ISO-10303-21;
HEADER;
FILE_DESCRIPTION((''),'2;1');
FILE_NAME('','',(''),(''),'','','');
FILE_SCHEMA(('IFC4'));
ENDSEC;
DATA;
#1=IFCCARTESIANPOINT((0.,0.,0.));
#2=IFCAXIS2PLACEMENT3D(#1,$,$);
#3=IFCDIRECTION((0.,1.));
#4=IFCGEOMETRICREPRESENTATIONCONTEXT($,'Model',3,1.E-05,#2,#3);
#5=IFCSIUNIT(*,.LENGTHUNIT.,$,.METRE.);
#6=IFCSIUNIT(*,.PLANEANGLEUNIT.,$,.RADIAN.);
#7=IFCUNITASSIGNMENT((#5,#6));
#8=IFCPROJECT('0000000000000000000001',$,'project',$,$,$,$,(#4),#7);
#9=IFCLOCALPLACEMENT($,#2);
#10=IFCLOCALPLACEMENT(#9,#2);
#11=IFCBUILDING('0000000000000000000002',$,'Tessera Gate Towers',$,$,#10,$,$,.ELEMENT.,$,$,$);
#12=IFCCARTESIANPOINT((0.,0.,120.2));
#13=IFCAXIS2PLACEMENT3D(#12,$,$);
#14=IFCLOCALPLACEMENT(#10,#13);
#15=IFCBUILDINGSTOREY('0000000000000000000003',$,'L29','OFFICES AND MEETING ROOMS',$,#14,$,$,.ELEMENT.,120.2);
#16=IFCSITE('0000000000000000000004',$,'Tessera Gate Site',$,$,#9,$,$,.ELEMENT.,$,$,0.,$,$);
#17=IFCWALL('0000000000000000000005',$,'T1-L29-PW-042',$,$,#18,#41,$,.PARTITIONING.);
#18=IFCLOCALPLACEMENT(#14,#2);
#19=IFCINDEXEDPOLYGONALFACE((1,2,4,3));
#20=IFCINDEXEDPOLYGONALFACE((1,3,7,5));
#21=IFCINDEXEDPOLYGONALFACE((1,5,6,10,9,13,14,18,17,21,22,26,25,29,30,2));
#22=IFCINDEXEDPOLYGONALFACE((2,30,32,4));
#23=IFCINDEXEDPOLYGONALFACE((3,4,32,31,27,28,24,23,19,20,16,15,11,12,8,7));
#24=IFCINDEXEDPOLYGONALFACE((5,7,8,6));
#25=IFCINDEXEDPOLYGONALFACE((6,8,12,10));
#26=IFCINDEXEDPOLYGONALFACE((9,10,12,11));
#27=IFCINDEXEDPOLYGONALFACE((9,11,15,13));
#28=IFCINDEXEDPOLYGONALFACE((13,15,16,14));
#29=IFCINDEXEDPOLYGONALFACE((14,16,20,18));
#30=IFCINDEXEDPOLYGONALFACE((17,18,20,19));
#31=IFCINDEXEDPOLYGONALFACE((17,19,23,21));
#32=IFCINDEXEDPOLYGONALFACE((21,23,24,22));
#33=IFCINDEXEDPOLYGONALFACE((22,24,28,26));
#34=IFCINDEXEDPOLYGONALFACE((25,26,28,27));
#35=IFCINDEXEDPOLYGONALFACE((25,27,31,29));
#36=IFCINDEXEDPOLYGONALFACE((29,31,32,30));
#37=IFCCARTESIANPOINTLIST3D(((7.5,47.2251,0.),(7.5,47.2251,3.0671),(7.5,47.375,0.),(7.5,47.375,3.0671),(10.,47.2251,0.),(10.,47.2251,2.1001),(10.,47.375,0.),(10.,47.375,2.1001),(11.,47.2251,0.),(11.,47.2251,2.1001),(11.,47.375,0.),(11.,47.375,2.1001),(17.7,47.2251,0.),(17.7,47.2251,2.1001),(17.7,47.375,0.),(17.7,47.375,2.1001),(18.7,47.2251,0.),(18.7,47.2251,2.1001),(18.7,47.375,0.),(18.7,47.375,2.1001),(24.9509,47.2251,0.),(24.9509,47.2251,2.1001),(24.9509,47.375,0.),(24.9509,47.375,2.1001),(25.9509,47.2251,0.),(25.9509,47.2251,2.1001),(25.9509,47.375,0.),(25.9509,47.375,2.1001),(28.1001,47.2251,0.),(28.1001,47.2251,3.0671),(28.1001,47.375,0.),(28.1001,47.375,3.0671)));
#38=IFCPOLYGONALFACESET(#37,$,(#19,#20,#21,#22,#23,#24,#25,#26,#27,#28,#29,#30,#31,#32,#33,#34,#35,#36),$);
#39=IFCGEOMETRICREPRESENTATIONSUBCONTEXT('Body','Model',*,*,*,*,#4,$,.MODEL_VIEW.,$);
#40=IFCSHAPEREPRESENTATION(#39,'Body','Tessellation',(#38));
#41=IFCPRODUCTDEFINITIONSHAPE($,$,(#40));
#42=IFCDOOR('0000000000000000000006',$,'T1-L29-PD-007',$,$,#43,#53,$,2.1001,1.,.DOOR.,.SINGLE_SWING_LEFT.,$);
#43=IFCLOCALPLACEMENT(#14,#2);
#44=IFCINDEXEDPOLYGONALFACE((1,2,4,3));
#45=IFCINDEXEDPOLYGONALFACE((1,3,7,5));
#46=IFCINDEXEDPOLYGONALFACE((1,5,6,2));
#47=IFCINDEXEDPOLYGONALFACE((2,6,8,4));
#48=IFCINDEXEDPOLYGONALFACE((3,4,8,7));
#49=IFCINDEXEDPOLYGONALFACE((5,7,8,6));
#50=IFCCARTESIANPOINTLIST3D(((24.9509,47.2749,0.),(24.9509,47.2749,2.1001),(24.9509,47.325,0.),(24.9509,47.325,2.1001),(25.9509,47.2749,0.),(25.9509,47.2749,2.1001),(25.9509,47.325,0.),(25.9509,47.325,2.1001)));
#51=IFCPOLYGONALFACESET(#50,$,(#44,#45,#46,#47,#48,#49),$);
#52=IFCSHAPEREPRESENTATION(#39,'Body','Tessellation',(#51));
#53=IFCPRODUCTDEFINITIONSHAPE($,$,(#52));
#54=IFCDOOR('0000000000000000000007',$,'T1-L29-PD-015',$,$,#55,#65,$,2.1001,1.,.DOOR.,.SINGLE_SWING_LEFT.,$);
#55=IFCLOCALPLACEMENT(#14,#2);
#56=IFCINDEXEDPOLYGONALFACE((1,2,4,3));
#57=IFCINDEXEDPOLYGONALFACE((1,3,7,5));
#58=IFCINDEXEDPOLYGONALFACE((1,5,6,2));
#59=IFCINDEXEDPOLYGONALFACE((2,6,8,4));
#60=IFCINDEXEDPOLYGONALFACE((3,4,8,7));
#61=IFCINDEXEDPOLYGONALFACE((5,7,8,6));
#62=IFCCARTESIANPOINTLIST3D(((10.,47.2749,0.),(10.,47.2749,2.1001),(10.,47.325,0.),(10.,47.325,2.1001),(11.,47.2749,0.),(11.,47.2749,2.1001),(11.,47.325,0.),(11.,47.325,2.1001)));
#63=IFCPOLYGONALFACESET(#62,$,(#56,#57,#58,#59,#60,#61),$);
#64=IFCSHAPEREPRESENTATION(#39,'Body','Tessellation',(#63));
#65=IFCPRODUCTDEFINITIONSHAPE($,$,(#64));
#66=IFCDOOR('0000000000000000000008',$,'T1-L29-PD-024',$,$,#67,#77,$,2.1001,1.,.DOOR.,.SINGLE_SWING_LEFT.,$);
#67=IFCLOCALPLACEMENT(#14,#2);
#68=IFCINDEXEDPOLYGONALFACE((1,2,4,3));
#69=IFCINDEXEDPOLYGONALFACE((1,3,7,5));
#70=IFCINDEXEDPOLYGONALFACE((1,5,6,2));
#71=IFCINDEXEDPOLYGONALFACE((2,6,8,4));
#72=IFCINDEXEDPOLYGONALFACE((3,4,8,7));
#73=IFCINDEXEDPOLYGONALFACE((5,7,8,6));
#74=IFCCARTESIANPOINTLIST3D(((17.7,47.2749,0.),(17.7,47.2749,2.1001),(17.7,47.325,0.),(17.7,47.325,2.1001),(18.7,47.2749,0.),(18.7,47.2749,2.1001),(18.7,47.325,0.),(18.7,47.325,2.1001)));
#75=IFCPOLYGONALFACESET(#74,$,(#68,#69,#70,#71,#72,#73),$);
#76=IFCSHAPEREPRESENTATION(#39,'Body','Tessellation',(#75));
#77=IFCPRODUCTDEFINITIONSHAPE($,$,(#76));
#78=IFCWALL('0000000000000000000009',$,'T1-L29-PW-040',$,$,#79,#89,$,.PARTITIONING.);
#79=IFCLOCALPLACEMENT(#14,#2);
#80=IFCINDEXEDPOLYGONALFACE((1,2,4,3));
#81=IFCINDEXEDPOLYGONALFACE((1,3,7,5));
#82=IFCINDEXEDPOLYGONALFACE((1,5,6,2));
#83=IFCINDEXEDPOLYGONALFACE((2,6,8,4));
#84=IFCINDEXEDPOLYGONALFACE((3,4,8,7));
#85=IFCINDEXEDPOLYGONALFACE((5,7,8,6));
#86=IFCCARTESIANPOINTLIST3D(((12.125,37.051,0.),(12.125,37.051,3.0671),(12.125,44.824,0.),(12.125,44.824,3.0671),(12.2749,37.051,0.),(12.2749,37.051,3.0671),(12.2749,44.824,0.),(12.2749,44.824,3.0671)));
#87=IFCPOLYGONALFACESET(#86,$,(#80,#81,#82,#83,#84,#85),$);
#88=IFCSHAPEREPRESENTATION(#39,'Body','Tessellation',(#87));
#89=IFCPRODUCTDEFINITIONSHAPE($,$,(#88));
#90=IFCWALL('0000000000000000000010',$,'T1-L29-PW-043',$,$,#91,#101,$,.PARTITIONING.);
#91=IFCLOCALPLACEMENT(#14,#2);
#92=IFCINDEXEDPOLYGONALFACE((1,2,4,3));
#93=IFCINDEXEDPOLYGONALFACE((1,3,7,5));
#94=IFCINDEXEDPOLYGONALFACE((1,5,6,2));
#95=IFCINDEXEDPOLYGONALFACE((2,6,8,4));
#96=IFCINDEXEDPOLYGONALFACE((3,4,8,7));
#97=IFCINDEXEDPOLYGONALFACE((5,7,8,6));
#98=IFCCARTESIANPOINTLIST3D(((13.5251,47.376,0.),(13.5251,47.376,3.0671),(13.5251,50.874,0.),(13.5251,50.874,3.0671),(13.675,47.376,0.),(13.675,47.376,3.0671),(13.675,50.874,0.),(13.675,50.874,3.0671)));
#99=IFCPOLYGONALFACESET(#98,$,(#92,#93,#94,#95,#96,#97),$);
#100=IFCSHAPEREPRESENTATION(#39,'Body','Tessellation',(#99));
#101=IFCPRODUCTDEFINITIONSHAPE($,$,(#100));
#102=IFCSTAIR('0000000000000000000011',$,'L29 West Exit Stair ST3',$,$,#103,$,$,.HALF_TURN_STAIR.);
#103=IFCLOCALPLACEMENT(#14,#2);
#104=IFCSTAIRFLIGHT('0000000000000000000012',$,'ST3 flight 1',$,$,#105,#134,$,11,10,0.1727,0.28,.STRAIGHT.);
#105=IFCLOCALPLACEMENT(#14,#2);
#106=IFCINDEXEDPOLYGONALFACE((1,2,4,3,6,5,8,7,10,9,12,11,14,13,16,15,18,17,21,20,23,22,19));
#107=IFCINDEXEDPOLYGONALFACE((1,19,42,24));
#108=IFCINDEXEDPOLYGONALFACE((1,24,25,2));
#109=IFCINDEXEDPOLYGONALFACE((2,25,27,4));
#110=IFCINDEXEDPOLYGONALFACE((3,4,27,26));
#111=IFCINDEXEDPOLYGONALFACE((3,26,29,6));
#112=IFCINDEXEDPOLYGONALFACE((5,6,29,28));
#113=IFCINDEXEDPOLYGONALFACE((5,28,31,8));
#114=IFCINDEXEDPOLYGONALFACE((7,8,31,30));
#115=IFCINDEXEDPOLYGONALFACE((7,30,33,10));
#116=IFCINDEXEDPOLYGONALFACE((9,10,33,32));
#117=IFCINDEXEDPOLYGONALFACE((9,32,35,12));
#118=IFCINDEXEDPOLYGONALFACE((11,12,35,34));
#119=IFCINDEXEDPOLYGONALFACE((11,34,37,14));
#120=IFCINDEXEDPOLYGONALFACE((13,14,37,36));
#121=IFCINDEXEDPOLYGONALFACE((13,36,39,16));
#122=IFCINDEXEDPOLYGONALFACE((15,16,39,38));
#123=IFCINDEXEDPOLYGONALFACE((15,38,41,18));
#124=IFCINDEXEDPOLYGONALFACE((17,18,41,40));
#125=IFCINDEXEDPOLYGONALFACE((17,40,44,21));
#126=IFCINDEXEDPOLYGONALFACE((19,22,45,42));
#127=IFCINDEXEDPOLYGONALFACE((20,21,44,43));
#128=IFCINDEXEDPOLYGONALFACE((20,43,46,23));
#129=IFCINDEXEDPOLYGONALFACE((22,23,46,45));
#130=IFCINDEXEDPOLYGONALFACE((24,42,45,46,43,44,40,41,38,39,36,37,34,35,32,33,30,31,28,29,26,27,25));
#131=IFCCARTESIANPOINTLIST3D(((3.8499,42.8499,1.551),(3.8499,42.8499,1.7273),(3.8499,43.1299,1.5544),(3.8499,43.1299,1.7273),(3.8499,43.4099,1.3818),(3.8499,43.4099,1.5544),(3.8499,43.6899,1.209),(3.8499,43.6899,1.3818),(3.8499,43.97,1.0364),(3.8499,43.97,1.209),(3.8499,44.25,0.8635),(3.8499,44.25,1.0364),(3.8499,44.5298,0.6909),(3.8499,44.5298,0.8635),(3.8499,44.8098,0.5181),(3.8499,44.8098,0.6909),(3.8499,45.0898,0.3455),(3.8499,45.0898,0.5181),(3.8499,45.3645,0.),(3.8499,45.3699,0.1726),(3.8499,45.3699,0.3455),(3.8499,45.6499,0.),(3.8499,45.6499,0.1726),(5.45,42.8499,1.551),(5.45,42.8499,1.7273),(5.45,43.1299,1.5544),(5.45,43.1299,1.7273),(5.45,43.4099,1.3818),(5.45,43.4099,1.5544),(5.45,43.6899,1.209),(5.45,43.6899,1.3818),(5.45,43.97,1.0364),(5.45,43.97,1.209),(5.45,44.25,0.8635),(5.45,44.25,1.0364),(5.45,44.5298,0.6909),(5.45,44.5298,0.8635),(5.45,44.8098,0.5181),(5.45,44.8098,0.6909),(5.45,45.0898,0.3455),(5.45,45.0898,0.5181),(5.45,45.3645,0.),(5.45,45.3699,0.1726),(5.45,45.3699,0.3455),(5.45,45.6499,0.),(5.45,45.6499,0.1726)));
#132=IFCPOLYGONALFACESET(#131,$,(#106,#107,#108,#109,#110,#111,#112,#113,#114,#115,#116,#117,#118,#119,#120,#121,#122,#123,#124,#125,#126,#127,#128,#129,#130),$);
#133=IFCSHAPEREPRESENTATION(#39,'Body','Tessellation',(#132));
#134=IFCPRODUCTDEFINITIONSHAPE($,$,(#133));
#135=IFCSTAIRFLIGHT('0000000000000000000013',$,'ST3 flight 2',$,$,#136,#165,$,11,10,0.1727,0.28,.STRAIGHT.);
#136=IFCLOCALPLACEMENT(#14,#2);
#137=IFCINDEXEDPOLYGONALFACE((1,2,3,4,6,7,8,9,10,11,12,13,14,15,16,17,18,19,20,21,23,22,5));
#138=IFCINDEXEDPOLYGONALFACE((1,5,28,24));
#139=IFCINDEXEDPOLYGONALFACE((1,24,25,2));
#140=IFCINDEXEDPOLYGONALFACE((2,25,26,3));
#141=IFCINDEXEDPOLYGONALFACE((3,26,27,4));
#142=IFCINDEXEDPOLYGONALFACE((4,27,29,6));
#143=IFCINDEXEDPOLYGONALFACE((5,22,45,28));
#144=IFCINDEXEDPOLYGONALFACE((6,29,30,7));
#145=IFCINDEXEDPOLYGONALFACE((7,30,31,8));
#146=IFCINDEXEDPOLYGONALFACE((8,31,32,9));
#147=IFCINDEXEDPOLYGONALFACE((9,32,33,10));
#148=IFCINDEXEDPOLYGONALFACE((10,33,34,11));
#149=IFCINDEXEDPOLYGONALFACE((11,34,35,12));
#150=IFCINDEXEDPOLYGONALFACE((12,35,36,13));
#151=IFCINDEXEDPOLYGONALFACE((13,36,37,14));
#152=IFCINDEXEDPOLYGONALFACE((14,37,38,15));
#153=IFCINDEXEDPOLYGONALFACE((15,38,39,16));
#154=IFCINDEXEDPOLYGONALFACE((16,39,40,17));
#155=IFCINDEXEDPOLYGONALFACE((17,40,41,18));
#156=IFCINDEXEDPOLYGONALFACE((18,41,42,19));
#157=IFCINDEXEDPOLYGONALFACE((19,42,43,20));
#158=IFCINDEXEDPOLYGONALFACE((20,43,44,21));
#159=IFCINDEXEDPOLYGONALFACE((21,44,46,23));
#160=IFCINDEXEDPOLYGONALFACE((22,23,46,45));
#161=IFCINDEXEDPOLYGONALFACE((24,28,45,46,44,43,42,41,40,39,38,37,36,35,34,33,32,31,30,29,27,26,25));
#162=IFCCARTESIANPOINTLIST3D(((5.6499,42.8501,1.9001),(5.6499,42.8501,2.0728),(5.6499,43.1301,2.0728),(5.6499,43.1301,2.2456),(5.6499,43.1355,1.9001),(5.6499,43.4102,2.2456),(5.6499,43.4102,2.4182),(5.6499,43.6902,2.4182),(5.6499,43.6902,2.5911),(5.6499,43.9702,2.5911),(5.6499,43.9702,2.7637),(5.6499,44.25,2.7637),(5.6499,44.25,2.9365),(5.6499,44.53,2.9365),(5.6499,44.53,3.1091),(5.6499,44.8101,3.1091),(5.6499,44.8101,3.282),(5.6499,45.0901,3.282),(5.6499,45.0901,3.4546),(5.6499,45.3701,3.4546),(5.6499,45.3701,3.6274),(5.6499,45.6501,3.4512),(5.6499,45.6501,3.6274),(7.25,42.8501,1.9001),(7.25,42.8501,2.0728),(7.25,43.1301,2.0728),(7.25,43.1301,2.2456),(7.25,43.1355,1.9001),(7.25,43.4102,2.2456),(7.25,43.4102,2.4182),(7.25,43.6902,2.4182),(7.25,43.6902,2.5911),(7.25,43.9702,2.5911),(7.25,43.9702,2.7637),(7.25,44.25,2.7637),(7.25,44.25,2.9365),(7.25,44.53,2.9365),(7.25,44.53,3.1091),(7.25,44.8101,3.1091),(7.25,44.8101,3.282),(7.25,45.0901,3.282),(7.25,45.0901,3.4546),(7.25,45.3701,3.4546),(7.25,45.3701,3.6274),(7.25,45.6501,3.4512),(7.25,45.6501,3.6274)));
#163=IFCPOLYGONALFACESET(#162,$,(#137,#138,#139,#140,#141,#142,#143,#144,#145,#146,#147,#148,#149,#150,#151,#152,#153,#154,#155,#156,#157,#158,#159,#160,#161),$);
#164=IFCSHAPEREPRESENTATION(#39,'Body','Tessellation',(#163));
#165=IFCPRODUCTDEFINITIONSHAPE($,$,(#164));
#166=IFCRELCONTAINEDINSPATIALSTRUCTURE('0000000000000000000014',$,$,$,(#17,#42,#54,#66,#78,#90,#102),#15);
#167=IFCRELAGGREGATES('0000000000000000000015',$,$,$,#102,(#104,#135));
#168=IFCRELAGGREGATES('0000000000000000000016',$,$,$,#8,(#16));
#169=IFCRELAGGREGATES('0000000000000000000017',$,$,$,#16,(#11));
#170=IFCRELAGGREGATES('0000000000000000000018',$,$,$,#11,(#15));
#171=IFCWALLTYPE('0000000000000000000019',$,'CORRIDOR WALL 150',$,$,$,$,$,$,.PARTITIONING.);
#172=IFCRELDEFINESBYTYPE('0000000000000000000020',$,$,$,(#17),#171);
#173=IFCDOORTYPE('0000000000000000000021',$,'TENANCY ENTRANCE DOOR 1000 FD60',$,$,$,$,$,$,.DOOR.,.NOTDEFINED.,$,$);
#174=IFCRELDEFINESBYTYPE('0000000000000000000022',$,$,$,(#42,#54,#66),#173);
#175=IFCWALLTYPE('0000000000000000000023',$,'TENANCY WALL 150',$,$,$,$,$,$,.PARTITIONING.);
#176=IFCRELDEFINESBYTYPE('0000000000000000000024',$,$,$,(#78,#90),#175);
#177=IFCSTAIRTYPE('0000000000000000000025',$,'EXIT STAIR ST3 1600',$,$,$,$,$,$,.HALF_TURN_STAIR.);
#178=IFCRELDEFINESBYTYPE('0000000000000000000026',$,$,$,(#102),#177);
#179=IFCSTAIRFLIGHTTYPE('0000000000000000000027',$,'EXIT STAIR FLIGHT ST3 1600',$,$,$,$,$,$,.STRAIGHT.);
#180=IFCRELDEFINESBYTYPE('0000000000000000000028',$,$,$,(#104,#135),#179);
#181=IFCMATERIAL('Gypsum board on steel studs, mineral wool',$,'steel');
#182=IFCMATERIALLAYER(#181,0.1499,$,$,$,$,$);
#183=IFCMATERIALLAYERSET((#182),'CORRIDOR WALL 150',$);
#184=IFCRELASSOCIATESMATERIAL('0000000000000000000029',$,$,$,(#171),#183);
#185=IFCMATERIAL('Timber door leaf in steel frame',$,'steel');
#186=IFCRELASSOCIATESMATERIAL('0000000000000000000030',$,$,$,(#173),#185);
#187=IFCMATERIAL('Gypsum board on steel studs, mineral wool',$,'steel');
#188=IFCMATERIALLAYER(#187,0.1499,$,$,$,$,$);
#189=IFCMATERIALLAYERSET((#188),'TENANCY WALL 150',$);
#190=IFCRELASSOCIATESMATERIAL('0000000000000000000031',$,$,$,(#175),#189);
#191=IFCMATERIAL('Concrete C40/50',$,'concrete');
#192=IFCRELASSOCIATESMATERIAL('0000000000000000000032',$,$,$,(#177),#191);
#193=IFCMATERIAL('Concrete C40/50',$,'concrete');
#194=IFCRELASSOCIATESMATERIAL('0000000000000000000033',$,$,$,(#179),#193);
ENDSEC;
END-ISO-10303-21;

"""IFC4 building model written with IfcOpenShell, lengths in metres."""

from ifc_helpers import new_model, si_unit, direction, frame, frame_2d, origin, place, context, subcontext, project, spatial, polyline, rectangle, outline, extrude, source, transform, mapped, material, layer, layer_set, type_object, element, fill, aggregate, save


model = new_model("IFC4")

# Units and contexts
model_context = context("Model", 3, precision=1e-05, world=origin(), true_north=direction((0.0, 1.0)))
body_context = subcontext(model_context, "Body", "Model", "MODEL_VIEW")
ifc_project = project(units=[si_unit("LENGTHUNIT", "METRE"), si_unit("PLANEANGLEUNIT", "RADIAN")], contexts=[model_context])

# Site, building, storey
site_placement = place(None, origin())
site = spatial("IfcSite", under=ifc_project, at=site_placement, Name="Tessera Gate Site", CompositionType="ELEMENT", RefElevation=0.0)
building_placement = place(site_placement, origin())
building = spatial("IfcBuilding", under=site, at=building_placement, Name="Tessera Gate Towers", CompositionType="ELEMENT")
storey_placement = place(building_placement, frame((0.0, 0.0, 120.2)))
storey = spatial("IfcBuildingStorey", under=building, at=storey_placement, Name="L29", Description="OFFICES AND MEETING ROOMS", CompositionType="ELEMENT", Elevation=120.2)

# Wall, openings, doors
ifc_material_1 = material(Name="Gypsum board on steel studs, mineral wool", Category="steel")
ifc_layer_1 = layer(ifc_material_1, 0.1499)
ifc_layer_set_1 = layer_set([ifc_layer_1], Name="CORRIDOR WALL 150")
wall_type_1 = type_object("IfcWallType", Name="CORRIDOR WALL 150", PredefinedType="PARTITIONING", material=ifc_layer_set_1)
wall_1_placement = place(storey_placement, frame((7.5, 47.3, 0.0), z_axis=(0.0, 0.0, 1.0), x_axis=(1.0, 0.0, 0.0)))
wall_1 = element("IfcWall", 1, at=wall_1_placement, inside=storey, type_object=wall_type_1, Name="T1-L29-PW-042", PredefinedType="PARTITIONING", context=body_context, shape_type="SweptSolid", body=[
    extrude(rectangle(XDim=20.6001, YDim=0.1499, at=frame_2d((10.3, 0.0))), origin(), (0.0, 0.0, 1.0), 3.0671),
])
shared_shape_1 = source(origin(), body_context, "Body", "SweptSolid", [
    extrude(rectangle(XDim=1.0, YDim=2.1001, at=frame_2d((0.5, 1.05))), frame((0.0, 0.085, 0.0), z_axis=(0.0, -1.0, 0.0), x_axis=(1.0, 0.0, 0.0)), (0.0, 0.0, 1.0), 0.1699),
])
opening_1_placement = place(wall_1_placement, frame((17.4509, 0.0, 0.0)))
opening_1 = element("IfcOpeningElement", 2, at=opening_1_placement, cuts=wall_1, PredefinedType="OPENING", context=body_context, shape_type="MappedRepresentation", body=[
    mapped(shared_shape_1, transform((0.0, 0.0, 0.0), scale=1.0)),
])
opening_2_placement = place(wall_1_placement, frame((2.5, 0.0, 0.0)))
opening_2 = element("IfcOpeningElement", 3, at=opening_2_placement, cuts=wall_1, PredefinedType="OPENING", context=body_context, shape_type="MappedRepresentation", body=[
    mapped(shared_shape_1, transform((0.0, 0.0, 0.0), scale=1.0)),
])
opening_3_placement = place(wall_1_placement, frame((10.2, 0.0, 0.0)))
opening_3 = element("IfcOpeningElement", 4, at=opening_3_placement, cuts=wall_1, PredefinedType="OPENING", context=body_context, shape_type="MappedRepresentation", body=[
    mapped(shared_shape_1, transform((0.0, 0.0, 0.0), scale=1.0)),
])
ifc_material_2 = material(Name="Timber door leaf in steel frame", Category="steel")
door_type_1 = type_object("IfcDoorType", Name="TENANCY ENTRANCE DOOR 1000 FD60", OperationType="NOTDEFINED", PredefinedType="DOOR", material=ifc_material_2)
shared_shape_2 = source(origin(), body_context, "Body", "SweptSolid", [
    extrude(rectangle(XDim=1.0, YDim=2.1001, at=frame_2d((0.5, 1.05))), frame((0.0, 0.0249, 0.0), z_axis=(0.0, -1.0, 0.0), x_axis=(1.0, 0.0, 0.0)), (0.0, 0.0, 1.0), 0.05),
])
door_1_placement = place(opening_1_placement, origin())
door_1 = element("IfcDoor", 5, at=door_1_placement, inside=storey, type_object=door_type_1, Name="T1-L29-PD-007", OperationType="SINGLE_SWING_LEFT", OverallHeight=2.1001, OverallWidth=1.0, PredefinedType="DOOR", context=body_context, shape_type="MappedRepresentation", body=[
    mapped(shared_shape_2, transform((0.0, 0.0, 0.0), scale=1.0)),
])
fill(opening_1, door_1)
door_2_placement = place(opening_2_placement, origin())
door_2 = element("IfcDoor", 6, at=door_2_placement, inside=storey, type_object=door_type_1, Name="T1-L29-PD-015", OperationType="SINGLE_SWING_LEFT", OverallHeight=2.1001, OverallWidth=1.0, PredefinedType="DOOR", context=body_context, shape_type="MappedRepresentation", body=[
    mapped(shared_shape_2, transform((0.0, 0.0, 0.0), scale=1.0)),
])
fill(opening_2, door_2)
door_3_placement = place(opening_3_placement, origin())
door_3 = element("IfcDoor", 7, at=door_3_placement, inside=storey, type_object=door_type_1, Name="T1-L29-PD-024", OperationType="SINGLE_SWING_LEFT", OverallHeight=2.1001, OverallWidth=1.0, PredefinedType="DOOR", context=body_context, shape_type="MappedRepresentation", body=[
    mapped(shared_shape_2, transform((0.0, 0.0, 0.0), scale=1.0)),
])
fill(opening_3, door_3)

# Walls
ifc_material_3 = material(Name="Gypsum board on steel studs, mineral wool", Category="steel")
ifc_layer_2 = layer(ifc_material_3, 0.1499)
ifc_layer_set_2 = layer_set([ifc_layer_2], Name="TENANCY WALL 150")
wall_type_2 = type_object("IfcWallType", Name="TENANCY WALL 150", PredefinedType="PARTITIONING", material=ifc_layer_set_2)
wall_2_placement = place(storey_placement, frame((12.2, 37.051, 0.0), z_axis=(0.0, 0.0, 1.0), x_axis=(0.0, 1.0, 0.0)))
element("IfcWall", 8, at=wall_2_placement, inside=storey, type_object=wall_type_2, Name="T1-L29-PW-040", PredefinedType="PARTITIONING", context=body_context, shape_type="SweptSolid", body=[
    extrude(rectangle(XDim=7.7729, YDim=0.1499, at=frame_2d((3.8865, 0.0))), origin(), (0.0, 0.0, 1.0), 3.0671),
])
wall_3_placement = place(storey_placement, frame((13.6001, 47.376, 0.0), z_axis=(0.0, 0.0, 1.0), x_axis=(0.0, 1.0, 0.0)))
element("IfcWall", 9, at=wall_3_placement, inside=storey, type_object=wall_type_2, Name="T1-L29-PW-043", PredefinedType="PARTITIONING", context=body_context, shape_type="SweptSolid", body=[
    extrude(rectangle(XDim=3.498, YDim=0.1499, at=frame_2d((1.749, 0.0))), origin(), (0.0, 0.0, 1.0), 3.0671),
])

# Stair, stair flights
ifc_material_4 = material(Name="Concrete C40/50", Category="concrete")
stair_type = type_object("IfcStairType", Name="EXIT STAIR ST3 1600", PredefinedType="HALF_TURN_STAIR", material=ifc_material_4)
stair_placement = place(storey_placement, origin())
stair = element("IfcStair", 10, at=stair_placement, inside=storey, type_object=stair_type, Name="L29 West Exit Stair ST3", PredefinedType="HALF_TURN_STAIR")
ifc_material_5 = material(Name="Concrete C40/50", Category="concrete")
stair_flight_type = type_object("IfcStairFlightType", Name="EXIT STAIR FLIGHT ST3 1600", PredefinedType="STRAIGHT", material=ifc_material_5)
stair_flight_1_placement = place(storey_placement, frame((4.6499, 45.6499, 0.0), z_axis=(0.0, 0.0, 1.0), x_axis=(0.0, -1.0, 0.0)))
stair_flight_1 = element("IfcStairFlight", 11, at=stair_flight_1_placement, type_object=stair_flight_type, Name="ST3 flight 1", NumberOfRisers=11, NumberOfTreads=10, PredefinedType="STRAIGHT", RiserHeight=0.1727, TreadLength=0.28, context=body_context, shape_type="SweptSolid", body=[
    extrude(outline(polyline([(0.0, 0.0), (0.0, 0.1726), (0.28, 0.1726), (0.28, 0.3455), (0.5601, 0.3455), (0.5601, 0.5181), (0.8401, 0.5181), (0.8401, 0.6909), (1.1201, 0.6909), (1.1201, 0.8635), (1.3999, 0.8635), (1.3999, 1.0364), (1.6799, 1.0364), (1.6799, 1.209), (1.96, 1.209), (1.96, 1.3818), (2.24, 1.3818), (2.24, 1.5544), (2.52, 1.5544), (2.52, 1.7273), (2.8, 1.7273), (2.8, 1.8999), (2.8, 1.551), (0.2854, 0.0), (0.0, 0.0)])), frame((0.0, 0.8, 0.0), z_axis=(0.0, -1.0, 0.0), x_axis=(1.0, 0.0, 0.0)), (0.0, 0.0, 1.0), 1.6001),
])
stair_flight_2_placement = place(storey_placement, frame((6.45, 42.8501, 1.9001), z_axis=(0.0, 0.0, 1.0), x_axis=(0.0, 1.0, 0.0)))
stair_flight_2 = element("IfcStairFlight", 12, at=stair_flight_2_placement, type_object=stair_flight_type, Name="ST3 flight 2", NumberOfRisers=11, NumberOfTreads=10, PredefinedType="STRAIGHT", RiserHeight=0.1727, TreadLength=0.28, context=body_context, shape_type="SweptSolid", body=[
    extrude(outline(polyline([(0.0, 0.0), (0.0, 0.1726), (0.28, 0.1726), (0.28, 0.3455), (0.5601, 0.3455), (0.5601, 0.5181), (0.8401, 0.5181), (0.8401, 0.6909), (1.1201, 0.6909), (1.1201, 0.8635), (1.3999, 0.8635), (1.3999, 1.0364), (1.6799, 1.0364), (1.6799, 1.209), (1.96, 1.209), (1.96, 1.3818), (2.24, 1.3818), (2.24, 1.5544), (2.52, 1.5544), (2.52, 1.7273), (2.8, 1.7273), (2.8, 1.8999), (2.8, 1.551), (0.2854, 0.0), (0.0, 0.0)])), frame((0.0, 0.8, 0.0), z_axis=(0.0, -1.0, 0.0), x_axis=(1.0, 0.0, 0.0)), (0.0, 0.0, 1.0), 1.6001),
])
aggregate(stair, [stair_flight_1, stair_flight_2])

save(model, "model.ifc")
